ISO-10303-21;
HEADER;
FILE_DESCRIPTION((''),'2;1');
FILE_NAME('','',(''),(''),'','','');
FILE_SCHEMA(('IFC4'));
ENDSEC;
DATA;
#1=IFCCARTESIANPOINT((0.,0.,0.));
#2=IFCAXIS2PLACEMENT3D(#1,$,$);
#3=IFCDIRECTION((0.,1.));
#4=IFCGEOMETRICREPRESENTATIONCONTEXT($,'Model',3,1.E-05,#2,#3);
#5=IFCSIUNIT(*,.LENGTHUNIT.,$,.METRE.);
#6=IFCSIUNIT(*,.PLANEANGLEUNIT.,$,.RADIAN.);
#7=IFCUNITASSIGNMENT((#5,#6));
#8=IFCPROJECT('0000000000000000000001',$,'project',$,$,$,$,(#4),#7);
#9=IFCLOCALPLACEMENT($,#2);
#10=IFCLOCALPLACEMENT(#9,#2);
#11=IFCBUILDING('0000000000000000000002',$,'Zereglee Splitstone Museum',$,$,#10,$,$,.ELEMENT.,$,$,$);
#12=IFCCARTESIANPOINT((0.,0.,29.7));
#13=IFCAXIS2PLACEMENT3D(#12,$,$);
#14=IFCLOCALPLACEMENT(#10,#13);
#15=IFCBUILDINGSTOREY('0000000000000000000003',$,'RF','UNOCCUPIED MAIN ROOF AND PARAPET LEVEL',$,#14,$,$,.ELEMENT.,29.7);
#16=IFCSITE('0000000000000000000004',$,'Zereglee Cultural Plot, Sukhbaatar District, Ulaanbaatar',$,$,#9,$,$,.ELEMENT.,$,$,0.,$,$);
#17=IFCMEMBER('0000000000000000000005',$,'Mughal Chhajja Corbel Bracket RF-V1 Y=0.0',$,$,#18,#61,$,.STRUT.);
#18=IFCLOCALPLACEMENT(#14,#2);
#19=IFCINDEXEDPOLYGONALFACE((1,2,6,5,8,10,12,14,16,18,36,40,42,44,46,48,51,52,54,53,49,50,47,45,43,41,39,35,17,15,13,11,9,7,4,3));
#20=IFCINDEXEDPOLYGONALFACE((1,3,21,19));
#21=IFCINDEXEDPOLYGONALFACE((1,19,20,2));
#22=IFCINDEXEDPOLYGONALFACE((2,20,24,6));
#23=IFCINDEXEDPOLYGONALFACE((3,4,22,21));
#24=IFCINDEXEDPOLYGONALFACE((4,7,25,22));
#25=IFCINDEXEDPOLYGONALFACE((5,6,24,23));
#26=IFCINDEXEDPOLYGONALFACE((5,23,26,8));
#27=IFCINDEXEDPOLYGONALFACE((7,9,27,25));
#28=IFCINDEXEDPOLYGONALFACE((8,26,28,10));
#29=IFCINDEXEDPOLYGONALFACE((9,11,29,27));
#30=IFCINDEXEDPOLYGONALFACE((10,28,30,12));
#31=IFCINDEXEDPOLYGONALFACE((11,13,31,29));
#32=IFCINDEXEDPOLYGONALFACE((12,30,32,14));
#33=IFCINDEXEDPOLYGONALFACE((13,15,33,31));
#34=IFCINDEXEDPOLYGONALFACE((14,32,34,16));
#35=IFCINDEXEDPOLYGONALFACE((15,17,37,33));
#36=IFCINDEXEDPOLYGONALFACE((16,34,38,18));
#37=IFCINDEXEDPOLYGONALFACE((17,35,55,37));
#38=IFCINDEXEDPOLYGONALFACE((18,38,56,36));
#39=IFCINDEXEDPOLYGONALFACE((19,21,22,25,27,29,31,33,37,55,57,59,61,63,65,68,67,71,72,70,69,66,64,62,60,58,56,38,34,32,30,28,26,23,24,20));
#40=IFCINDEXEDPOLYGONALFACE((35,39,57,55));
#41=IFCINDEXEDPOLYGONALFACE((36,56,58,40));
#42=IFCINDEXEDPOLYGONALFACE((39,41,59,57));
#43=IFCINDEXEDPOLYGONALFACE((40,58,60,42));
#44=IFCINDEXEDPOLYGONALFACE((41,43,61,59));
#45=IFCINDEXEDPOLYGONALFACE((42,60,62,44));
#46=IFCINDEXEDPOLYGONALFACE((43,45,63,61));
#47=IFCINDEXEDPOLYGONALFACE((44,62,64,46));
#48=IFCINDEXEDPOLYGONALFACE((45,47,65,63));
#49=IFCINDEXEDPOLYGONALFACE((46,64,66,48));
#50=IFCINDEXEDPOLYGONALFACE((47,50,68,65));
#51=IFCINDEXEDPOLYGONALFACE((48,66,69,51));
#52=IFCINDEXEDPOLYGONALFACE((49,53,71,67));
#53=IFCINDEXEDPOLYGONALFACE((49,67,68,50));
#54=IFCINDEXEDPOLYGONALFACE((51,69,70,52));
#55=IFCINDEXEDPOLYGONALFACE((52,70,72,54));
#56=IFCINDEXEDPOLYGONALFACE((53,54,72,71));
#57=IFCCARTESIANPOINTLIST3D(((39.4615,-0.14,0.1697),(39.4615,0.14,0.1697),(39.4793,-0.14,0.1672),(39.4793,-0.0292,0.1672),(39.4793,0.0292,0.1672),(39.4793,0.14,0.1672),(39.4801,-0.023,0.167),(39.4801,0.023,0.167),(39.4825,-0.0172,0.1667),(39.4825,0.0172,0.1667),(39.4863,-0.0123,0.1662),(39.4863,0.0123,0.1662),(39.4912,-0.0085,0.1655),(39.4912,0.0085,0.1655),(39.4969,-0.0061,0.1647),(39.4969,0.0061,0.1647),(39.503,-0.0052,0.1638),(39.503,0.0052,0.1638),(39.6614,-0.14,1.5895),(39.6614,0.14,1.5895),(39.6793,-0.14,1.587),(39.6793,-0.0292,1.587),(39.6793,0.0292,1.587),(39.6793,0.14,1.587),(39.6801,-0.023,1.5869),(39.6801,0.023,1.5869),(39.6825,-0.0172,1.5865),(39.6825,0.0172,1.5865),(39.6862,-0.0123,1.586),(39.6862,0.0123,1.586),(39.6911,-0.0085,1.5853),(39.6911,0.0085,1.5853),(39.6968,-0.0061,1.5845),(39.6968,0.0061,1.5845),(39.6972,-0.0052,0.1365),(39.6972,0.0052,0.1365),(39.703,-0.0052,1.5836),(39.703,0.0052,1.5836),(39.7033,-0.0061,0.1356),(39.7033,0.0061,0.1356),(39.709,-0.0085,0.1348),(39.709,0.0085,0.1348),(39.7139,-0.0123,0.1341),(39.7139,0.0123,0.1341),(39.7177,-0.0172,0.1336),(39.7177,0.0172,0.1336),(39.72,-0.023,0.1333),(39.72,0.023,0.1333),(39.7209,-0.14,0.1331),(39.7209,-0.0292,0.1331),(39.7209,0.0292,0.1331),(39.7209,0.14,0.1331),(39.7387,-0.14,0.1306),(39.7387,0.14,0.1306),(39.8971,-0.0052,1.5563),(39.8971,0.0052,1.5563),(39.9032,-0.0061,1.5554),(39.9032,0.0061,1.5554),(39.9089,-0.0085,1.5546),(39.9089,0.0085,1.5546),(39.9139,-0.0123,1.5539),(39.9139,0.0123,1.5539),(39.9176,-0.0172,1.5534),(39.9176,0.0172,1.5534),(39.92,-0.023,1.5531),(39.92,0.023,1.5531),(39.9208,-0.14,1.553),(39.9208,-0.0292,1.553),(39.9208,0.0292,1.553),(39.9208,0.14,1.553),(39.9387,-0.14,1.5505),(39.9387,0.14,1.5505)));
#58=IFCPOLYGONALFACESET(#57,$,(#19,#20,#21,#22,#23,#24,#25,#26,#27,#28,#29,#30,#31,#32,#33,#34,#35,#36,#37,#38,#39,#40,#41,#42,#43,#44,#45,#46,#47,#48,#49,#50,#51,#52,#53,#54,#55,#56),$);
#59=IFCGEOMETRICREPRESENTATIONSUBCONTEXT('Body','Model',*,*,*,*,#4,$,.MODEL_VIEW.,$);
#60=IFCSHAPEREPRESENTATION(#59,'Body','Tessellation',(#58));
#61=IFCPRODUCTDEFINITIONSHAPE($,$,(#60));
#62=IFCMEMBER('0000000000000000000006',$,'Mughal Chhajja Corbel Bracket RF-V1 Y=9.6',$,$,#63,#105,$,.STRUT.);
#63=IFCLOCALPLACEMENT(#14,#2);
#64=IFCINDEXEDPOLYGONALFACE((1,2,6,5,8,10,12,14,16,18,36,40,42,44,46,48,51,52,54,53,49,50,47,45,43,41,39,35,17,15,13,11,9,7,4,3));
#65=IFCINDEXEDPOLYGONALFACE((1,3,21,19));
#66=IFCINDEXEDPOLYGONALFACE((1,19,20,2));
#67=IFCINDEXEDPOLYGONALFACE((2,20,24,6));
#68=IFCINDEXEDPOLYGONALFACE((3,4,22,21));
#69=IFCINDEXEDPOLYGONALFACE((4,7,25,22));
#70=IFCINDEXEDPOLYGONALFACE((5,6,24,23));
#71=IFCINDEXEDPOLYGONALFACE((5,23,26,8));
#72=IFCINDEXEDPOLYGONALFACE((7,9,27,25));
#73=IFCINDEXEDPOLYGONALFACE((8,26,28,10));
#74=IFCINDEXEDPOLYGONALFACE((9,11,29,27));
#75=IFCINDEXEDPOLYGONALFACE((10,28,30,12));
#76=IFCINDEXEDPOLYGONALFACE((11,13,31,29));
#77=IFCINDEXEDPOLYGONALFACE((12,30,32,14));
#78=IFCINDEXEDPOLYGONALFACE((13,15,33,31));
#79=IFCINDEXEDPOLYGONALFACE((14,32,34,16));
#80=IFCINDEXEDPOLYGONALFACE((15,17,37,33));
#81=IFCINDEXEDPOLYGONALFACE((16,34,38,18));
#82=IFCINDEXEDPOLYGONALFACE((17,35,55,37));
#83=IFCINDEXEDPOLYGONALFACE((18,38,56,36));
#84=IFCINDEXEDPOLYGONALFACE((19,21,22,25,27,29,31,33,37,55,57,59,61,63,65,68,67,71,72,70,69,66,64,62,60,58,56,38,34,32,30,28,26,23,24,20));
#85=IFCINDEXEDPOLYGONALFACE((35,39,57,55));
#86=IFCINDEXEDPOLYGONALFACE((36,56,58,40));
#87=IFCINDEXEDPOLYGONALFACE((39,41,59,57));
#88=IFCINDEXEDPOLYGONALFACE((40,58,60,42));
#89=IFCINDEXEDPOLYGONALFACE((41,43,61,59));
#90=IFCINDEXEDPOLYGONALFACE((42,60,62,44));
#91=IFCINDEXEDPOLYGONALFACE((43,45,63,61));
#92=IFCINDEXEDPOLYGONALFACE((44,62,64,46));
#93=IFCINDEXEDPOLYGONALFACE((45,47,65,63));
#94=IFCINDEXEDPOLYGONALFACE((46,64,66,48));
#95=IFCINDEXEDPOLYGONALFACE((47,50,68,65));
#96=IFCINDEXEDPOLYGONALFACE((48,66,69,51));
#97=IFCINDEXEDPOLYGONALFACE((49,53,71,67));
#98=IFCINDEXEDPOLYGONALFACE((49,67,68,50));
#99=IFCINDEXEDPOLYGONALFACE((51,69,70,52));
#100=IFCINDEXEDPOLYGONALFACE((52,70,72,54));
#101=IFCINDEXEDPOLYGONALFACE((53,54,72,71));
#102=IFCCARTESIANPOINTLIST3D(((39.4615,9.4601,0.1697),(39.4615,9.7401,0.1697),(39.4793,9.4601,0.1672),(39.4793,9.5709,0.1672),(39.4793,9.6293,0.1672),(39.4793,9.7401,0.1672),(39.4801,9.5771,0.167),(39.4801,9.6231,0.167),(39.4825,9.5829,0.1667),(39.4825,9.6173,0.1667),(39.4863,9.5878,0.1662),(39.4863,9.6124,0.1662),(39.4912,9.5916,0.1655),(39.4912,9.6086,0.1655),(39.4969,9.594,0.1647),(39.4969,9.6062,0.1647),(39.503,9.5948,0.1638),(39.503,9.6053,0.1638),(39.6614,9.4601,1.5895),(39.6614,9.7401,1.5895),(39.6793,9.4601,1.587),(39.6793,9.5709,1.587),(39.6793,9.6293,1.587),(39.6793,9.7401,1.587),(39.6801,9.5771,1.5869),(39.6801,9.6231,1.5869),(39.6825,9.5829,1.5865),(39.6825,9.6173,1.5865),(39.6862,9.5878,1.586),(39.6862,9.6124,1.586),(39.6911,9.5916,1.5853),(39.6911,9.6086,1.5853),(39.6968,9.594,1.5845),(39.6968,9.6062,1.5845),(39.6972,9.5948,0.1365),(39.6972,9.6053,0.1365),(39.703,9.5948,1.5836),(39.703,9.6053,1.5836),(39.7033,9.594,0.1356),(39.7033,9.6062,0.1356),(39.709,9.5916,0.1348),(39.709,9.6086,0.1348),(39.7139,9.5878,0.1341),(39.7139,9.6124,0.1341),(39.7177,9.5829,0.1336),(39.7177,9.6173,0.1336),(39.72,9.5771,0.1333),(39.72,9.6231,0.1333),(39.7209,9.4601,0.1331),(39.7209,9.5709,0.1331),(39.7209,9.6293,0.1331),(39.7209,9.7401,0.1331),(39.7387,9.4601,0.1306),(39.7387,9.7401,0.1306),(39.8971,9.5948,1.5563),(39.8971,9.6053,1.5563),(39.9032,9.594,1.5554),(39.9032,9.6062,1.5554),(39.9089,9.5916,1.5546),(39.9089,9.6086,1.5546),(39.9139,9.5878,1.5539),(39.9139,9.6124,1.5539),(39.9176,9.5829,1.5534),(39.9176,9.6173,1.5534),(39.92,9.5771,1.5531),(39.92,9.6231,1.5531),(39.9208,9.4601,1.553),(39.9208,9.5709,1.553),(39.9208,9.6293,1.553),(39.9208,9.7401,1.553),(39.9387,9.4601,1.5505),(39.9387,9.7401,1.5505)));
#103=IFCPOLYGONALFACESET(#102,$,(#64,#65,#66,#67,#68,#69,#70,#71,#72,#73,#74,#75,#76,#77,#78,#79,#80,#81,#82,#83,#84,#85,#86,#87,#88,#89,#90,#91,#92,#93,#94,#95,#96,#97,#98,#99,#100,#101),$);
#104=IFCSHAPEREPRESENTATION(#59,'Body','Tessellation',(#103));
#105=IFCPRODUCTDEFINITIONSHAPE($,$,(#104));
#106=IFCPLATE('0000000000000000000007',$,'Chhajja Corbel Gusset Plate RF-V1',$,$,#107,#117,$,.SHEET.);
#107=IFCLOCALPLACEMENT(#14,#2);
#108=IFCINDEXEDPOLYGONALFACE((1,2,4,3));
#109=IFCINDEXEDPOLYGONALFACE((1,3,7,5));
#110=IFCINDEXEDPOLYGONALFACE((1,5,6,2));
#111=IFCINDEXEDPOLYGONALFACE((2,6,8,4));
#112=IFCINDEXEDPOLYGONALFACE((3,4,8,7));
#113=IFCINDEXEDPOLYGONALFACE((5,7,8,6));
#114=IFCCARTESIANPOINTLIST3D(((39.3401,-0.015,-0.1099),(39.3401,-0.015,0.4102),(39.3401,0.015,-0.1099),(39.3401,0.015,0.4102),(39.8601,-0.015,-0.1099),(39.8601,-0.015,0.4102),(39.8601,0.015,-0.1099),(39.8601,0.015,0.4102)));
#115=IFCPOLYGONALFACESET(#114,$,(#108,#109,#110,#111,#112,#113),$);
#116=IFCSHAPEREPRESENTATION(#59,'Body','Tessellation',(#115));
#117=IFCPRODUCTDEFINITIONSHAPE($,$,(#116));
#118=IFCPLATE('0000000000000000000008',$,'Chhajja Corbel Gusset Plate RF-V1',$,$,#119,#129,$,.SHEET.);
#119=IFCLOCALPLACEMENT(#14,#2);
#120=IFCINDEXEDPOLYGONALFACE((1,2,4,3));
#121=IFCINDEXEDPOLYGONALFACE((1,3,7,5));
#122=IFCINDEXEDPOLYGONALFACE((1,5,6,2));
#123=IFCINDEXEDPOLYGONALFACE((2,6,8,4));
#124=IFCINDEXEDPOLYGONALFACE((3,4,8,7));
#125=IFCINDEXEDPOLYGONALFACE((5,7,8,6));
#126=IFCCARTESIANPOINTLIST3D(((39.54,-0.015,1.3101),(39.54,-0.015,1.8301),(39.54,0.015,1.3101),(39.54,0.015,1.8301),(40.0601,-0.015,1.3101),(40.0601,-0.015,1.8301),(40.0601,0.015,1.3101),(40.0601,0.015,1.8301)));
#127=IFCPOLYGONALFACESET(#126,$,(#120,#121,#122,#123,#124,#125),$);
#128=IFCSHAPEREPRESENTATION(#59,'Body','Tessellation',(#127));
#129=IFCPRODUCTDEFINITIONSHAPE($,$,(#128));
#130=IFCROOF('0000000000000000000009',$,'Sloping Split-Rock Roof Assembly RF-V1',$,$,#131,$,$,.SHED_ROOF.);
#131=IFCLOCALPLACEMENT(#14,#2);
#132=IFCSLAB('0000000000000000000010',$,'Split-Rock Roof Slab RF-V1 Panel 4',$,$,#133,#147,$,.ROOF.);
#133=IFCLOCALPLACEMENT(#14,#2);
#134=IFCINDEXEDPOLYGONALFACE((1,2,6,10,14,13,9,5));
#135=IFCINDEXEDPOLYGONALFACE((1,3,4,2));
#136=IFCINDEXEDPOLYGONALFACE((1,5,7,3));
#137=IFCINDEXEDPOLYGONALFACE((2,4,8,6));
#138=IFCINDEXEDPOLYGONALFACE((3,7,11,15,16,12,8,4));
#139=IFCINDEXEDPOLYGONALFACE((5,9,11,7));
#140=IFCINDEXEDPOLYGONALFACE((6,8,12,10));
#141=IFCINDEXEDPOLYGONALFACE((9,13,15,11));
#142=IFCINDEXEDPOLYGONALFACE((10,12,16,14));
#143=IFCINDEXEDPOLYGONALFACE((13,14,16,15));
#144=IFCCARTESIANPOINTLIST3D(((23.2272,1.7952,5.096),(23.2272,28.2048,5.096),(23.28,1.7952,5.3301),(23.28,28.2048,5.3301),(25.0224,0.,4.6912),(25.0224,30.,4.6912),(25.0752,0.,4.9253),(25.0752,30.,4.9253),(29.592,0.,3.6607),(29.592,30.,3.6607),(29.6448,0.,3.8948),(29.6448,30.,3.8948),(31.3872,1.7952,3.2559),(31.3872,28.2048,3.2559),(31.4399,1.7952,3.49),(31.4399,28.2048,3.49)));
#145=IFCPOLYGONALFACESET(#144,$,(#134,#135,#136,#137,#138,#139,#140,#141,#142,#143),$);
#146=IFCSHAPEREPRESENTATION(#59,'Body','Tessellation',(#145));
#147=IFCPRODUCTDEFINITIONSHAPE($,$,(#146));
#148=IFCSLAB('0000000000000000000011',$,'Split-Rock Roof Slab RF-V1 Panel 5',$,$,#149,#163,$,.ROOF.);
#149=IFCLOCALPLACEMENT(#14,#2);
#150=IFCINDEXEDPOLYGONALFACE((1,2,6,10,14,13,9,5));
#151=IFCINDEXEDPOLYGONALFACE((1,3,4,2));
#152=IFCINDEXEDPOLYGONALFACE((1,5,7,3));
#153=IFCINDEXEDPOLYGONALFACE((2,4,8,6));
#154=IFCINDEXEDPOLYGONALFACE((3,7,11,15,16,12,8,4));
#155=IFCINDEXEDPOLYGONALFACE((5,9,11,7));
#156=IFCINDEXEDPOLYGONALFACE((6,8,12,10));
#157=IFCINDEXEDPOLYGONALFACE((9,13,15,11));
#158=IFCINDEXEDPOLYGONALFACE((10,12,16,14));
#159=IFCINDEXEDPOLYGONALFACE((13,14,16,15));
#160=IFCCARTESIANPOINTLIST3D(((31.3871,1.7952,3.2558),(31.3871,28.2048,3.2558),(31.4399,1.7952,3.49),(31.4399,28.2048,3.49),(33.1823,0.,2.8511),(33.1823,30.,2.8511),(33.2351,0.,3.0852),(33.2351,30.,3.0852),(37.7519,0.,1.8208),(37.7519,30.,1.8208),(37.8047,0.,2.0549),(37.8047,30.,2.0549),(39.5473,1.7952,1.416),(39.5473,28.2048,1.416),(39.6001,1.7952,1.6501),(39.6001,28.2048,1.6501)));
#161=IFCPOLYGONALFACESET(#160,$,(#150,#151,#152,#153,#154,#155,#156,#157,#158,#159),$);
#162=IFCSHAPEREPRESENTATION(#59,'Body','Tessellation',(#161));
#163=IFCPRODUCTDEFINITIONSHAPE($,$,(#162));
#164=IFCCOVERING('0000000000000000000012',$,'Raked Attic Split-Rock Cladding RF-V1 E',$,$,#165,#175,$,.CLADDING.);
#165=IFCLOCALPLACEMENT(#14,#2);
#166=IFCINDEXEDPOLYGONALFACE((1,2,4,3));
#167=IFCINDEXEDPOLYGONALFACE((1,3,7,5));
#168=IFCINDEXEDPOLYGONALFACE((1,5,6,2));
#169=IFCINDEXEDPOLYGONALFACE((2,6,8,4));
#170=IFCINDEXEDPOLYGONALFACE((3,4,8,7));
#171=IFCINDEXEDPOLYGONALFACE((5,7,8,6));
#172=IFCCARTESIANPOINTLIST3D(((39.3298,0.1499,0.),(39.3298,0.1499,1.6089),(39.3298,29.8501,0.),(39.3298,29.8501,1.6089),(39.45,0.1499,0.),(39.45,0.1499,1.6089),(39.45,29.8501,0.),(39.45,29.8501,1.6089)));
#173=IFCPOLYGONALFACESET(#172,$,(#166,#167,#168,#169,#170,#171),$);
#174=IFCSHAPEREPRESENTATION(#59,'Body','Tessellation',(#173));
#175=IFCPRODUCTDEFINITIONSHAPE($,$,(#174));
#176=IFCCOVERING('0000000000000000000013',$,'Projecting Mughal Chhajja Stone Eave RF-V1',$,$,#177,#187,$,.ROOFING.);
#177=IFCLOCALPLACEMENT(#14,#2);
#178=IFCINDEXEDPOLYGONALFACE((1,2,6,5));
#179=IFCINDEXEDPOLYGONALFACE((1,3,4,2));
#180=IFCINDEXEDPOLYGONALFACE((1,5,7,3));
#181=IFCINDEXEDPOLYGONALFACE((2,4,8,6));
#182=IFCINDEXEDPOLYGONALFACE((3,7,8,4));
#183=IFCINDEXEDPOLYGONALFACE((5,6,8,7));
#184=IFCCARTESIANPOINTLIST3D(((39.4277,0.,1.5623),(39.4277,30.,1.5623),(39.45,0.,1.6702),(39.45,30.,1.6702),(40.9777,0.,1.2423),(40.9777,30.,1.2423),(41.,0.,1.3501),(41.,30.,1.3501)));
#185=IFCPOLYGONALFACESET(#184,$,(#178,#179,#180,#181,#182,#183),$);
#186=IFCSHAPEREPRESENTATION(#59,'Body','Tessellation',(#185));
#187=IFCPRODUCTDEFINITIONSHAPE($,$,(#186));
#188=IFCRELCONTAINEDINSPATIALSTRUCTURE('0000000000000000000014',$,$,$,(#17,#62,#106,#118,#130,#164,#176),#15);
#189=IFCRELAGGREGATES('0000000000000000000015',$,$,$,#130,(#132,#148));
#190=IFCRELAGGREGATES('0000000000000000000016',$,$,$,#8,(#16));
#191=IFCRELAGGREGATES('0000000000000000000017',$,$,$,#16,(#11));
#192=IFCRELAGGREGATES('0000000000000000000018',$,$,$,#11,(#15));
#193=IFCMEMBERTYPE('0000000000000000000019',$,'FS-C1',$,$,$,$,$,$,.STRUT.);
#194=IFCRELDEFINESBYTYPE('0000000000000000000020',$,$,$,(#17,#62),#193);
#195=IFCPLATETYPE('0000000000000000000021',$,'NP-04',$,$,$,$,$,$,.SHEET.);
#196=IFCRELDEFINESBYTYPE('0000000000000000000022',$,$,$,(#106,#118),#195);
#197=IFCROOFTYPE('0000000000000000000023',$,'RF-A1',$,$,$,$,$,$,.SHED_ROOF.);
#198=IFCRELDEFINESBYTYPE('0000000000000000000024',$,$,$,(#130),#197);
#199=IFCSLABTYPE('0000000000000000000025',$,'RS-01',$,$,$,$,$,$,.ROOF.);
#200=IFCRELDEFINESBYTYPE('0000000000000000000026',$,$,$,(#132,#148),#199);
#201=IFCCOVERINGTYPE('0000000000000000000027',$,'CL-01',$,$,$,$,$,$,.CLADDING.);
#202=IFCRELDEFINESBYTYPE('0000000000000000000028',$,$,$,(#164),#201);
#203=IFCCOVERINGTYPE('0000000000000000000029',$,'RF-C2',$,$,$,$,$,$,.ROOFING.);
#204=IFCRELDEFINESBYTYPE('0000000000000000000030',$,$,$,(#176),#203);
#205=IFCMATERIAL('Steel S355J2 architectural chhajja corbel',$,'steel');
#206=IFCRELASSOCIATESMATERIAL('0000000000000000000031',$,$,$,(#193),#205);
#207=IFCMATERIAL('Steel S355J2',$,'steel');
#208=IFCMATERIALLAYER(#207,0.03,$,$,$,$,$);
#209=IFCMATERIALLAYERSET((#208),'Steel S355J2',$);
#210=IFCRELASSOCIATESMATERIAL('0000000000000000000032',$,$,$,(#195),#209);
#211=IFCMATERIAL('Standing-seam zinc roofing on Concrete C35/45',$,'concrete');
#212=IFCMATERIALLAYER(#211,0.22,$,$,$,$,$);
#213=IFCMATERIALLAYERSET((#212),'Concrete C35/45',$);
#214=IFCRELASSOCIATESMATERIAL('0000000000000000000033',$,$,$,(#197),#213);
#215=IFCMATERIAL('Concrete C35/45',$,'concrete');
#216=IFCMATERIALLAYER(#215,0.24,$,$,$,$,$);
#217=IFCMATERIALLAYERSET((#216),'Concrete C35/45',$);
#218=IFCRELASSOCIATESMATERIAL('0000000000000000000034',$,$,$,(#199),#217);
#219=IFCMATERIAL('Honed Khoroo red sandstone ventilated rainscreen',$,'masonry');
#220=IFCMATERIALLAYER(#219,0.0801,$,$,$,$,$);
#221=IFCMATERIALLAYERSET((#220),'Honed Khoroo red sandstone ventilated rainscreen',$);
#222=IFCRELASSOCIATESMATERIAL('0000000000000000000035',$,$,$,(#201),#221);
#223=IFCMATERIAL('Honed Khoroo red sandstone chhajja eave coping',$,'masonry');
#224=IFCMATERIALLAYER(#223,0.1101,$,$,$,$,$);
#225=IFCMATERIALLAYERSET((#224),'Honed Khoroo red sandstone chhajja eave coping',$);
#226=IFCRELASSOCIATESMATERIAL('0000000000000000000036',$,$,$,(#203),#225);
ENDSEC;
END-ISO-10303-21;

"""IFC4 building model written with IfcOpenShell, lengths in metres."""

from ifc_helpers import new_model, si_unit, direction, frame, origin, origin_2d, place, context, subcontext, project, spatial, polyline, rectangle, i_section, outline, extrude, material, layer, layer_set, material_profile, profile_set, type_object, element, aggregate, save


model = new_model("IFC4")

# Units and contexts
model_context = context("Model", 3, precision=1e-05, world=origin(), true_north=direction((0.0, 1.0)))
body_context = subcontext(model_context, "Body", "Model", "MODEL_VIEW")
ifc_project = project(units=[si_unit("LENGTHUNIT", "METRE"), si_unit("PLANEANGLEUNIT", "RADIAN")], contexts=[model_context])

# Site, building, storey
site_placement = place(None, origin())
site = spatial("IfcSite", under=ifc_project, at=site_placement, Name="Zereglee Cultural Plot, Sukhbaatar District, Ulaanbaatar", CompositionType="ELEMENT", RefElevation=0.0)
building_placement = place(site_placement, origin())
building = spatial("IfcBuilding", under=site, at=building_placement, Name="Zereglee Splitstone Museum", CompositionType="ELEMENT")
storey_placement = place(building_placement, frame((0.0, 0.0, 29.7)))
storey = spatial("IfcBuildingStorey", under=building, at=storey_placement, Name="RF", Description="UNOCCUPIED MAIN ROOF AND PARAPET LEVEL", CompositionType="ELEMENT", Elevation=29.7)

# Shared definitions
ifc_material_1 = material(Name="Steel S355J2", Category="steel")

# Members
ifc_material_2 = material(Name="Steel S355J2 architectural chhajja corbel", Category="steel")
ifc_material_profile_1 = material_profile(ifc_material_2, i_section(OverallWidth=0.28, OverallDepth=0.28, WebThickness=0.0105, FlangeThickness=0.0181, FilletRadius=0.0239, at=origin_2d()), Name="HE 280 B")
ifc_profile_set_1 = profile_set([ifc_material_profile_1], Name="Steel S355J2 architectural chhajja corbel")
member_type_1 = type_object("IfcMemberType", Name="FS-C1", PredefinedType="STRUT", material=ifc_profile_set_1)
for number, where, z_axis, x_axis, name in (
    (1, (39.6001, 0.0, 0.1501), (0.139443, 0.0, 0.99023), (0.0, 1.0, 0.0), "Mughal Chhajja Corbel Bracket RF-V1 Y=0.0"),
    (2, (39.6001, 9.6001, 0.1501), (0.139443, 0.0, 0.99023), (0.0, 1.0, 0.0), "Mughal Chhajja Corbel Bracket RF-V1 Y=9.6"),
):
    element("IfcMember", number, at=place(storey_placement, frame(where, z_axis=z_axis, x_axis=x_axis)), inside=storey, type_object=member_type_1, Name=name, PredefinedType="STRUT", context=body_context, shape_type="SweptSolid", body=[
        extrude(i_section(OverallWidth=0.28, OverallDepth=0.28, WebThickness=0.0105, FlangeThickness=0.0181, FilletRadius=0.0239, at=origin_2d()), origin(), (0.0, 0.0, 1.0), 1.4338),
    ])

# Plates
ifc_layer_1 = layer(ifc_material_1, 0.03)
ifc_layer_set_1 = layer_set([ifc_layer_1], Name="Steel S355J2")
plate_type = type_object("IfcPlateType", Name="NP-04", PredefinedType="SHEET", material=ifc_layer_set_1)
for number, where, z_axis, x_axis, name in (
    (3, (39.6001, 0.0, -0.1099), (0.0, 0.0, 1.0), (1.0, 0.0, 0.0), "Chhajja Corbel Gusset Plate RF-V1"),
    (4, (39.8, 0.0, 1.3101), (0.0, 0.0, 1.0), (1.0, 0.0, 0.0), "Chhajja Corbel Gusset Plate RF-V1"),
):
    element("IfcPlate", number, at=place(storey_placement, frame(where, z_axis=z_axis, x_axis=x_axis)), inside=storey, type_object=plate_type, Name=name, PredefinedType="SHEET", context=body_context, shape_type="SweptSolid", body=[
        extrude(rectangle(XDim=0.52, YDim=0.03, at=origin_2d()), origin(), (0.0, 0.0, 1.0), 0.52),
    ])

# Roof, slabs
ifc_material_3 = material(Name="Standing-seam zinc roofing on Concrete C35/45", Category="concrete")
ifc_layer_2 = layer(ifc_material_3, 0.22)
ifc_layer_set_2 = layer_set([ifc_layer_2], Name="Concrete C35/45")
roof_type = type_object("IfcRoofType", Name="RF-A1", PredefinedType="SHED_ROOF", material=ifc_layer_set_2)
roof_placement = place(storey_placement, origin())
roof = element("IfcRoof", 5, at=roof_placement, inside=storey, type_object=roof_type, Name="Sloping Split-Rock Roof Assembly RF-V1", PredefinedType="SHED_ROOF")
ifc_material_4 = material(Name="Concrete C35/45", Category="concrete")
ifc_layer_3 = layer(ifc_material_4, 0.24)
ifc_layer_set_3 = layer_set([ifc_layer_3], Name="Concrete C35/45")
slab_type = type_object("IfcSlabType", Name="RS-01", PredefinedType="ROOF", material=ifc_layer_set_3)
slab_1_placement = place(storey_placement, frame((25.0752, 0.0, 4.9253), z_axis=(0.21998, 0.0, 0.975504), x_axis=(0.975504, 0.0, -0.21998)))
slab_1 = element("IfcSlab", 6, at=slab_1_placement, type_object=slab_type, Name="Split-Rock Roof Slab RF-V1 Panel 4", PredefinedType="ROOF", context=body_context, shape_type="SweptSolid", body=[
    extrude(outline(polyline([(0.0, 0.0), (4.6843, 0.0), (6.5246, 1.7952), (6.5246, 28.2048), (4.6843, 30.0), (0.0, 30.0), (-1.8402, 28.2048), (-1.8402, 1.7952), (0.0, 0.0)])), origin(), (0.0, 0.0, -1.0), 0.24),
])
slab_2_placement = place(storey_placement, frame((33.2351, 0.0, 3.0852), z_axis=(0.219945, 0.0, 0.975512), x_axis=(0.975512, 0.0, -0.219945)))
slab_2 = element("IfcSlab", 7, at=slab_2_placement, type_object=slab_type, Name="Split-Rock Roof Slab RF-V1 Panel 5", PredefinedType="ROOF", context=body_context, shape_type="SweptSolid", body=[
    extrude(outline(polyline([(0.0, 0.0), (4.6843, 0.0), (6.5248, 1.7952), (6.5248, 28.2048), (4.6843, 30.0), (0.0, 30.0), (-1.8402, 28.2048), (-1.8402, 1.7952), (0.0, 0.0)])), origin(), (0.0, 0.0, -1.0), 0.24),
])
aggregate(roof, [slab_1, slab_2])

# Coverings
ifc_material_5 = material(Name="Honed Khoroo red sandstone ventilated rainscreen", Category="masonry")
ifc_layer_4 = layer(ifc_material_5, 0.0801)
ifc_layer_set_4 = layer_set([ifc_layer_4], Name="Honed Khoroo red sandstone ventilated rainscreen")
covering_type_1 = type_object("IfcCoveringType", Name="CL-01", PredefinedType="CLADDING", material=ifc_layer_set_4)
covering_1_placement = place(storey_placement, frame((39.45, 0.1499, 0.0), z_axis=(1.0, 0.0, 0.0), x_axis=(0.0, 1.0, 0.0)))
element("IfcCovering", 8, at=covering_1_placement, inside=storey, type_object=covering_type_1, Name="Raked Attic Split-Rock Cladding RF-V1 E", PredefinedType="CLADDING", context=body_context, shape_type="SweptSolid", body=[
    extrude(outline(polyline([(0.0, 0.0), (29.7002, 0.0), (29.7002, 1.6089), (0.0, 1.6089), (0.0, 0.0)])), origin(), (0.0, 0.0, -1.0), 0.1201),
])
ifc_material_6 = material(Name="Honed Khoroo red sandstone chhajja eave coping", Category="masonry")
ifc_layer_5 = layer(ifc_material_6, 0.1101)
ifc_layer_set_5 = layer_set([ifc_layer_5], Name="Honed Khoroo red sandstone chhajja eave coping")
covering_type_2 = type_object("IfcCoveringType", Name="RF-C2", PredefinedType="ROOFING", material=ifc_layer_set_5)
covering_2_placement = place(storey_placement, frame((41.0, 0.0, 1.3501), z_axis=(0.202223, 0.0, 0.979339), x_axis=(0.0, 1.0, 0.0)))
element("IfcCovering", 9, at=covering_2_placement, inside=storey, type_object=covering_type_2, Name="Projecting Mughal Chhajja Stone Eave RF-V1", PredefinedType="ROOFING", context=body_context, shape_type="SweptSolid", body=[
    extrude(outline(polyline([(0.0, 0.0), (30.0, 0.0), (30.0, 1.5827), (0.0, 1.5827), (0.0, 0.0)])), origin(), (0.0, 0.0, -1.0), 0.1101),
])

save(model, "model.ifc")
